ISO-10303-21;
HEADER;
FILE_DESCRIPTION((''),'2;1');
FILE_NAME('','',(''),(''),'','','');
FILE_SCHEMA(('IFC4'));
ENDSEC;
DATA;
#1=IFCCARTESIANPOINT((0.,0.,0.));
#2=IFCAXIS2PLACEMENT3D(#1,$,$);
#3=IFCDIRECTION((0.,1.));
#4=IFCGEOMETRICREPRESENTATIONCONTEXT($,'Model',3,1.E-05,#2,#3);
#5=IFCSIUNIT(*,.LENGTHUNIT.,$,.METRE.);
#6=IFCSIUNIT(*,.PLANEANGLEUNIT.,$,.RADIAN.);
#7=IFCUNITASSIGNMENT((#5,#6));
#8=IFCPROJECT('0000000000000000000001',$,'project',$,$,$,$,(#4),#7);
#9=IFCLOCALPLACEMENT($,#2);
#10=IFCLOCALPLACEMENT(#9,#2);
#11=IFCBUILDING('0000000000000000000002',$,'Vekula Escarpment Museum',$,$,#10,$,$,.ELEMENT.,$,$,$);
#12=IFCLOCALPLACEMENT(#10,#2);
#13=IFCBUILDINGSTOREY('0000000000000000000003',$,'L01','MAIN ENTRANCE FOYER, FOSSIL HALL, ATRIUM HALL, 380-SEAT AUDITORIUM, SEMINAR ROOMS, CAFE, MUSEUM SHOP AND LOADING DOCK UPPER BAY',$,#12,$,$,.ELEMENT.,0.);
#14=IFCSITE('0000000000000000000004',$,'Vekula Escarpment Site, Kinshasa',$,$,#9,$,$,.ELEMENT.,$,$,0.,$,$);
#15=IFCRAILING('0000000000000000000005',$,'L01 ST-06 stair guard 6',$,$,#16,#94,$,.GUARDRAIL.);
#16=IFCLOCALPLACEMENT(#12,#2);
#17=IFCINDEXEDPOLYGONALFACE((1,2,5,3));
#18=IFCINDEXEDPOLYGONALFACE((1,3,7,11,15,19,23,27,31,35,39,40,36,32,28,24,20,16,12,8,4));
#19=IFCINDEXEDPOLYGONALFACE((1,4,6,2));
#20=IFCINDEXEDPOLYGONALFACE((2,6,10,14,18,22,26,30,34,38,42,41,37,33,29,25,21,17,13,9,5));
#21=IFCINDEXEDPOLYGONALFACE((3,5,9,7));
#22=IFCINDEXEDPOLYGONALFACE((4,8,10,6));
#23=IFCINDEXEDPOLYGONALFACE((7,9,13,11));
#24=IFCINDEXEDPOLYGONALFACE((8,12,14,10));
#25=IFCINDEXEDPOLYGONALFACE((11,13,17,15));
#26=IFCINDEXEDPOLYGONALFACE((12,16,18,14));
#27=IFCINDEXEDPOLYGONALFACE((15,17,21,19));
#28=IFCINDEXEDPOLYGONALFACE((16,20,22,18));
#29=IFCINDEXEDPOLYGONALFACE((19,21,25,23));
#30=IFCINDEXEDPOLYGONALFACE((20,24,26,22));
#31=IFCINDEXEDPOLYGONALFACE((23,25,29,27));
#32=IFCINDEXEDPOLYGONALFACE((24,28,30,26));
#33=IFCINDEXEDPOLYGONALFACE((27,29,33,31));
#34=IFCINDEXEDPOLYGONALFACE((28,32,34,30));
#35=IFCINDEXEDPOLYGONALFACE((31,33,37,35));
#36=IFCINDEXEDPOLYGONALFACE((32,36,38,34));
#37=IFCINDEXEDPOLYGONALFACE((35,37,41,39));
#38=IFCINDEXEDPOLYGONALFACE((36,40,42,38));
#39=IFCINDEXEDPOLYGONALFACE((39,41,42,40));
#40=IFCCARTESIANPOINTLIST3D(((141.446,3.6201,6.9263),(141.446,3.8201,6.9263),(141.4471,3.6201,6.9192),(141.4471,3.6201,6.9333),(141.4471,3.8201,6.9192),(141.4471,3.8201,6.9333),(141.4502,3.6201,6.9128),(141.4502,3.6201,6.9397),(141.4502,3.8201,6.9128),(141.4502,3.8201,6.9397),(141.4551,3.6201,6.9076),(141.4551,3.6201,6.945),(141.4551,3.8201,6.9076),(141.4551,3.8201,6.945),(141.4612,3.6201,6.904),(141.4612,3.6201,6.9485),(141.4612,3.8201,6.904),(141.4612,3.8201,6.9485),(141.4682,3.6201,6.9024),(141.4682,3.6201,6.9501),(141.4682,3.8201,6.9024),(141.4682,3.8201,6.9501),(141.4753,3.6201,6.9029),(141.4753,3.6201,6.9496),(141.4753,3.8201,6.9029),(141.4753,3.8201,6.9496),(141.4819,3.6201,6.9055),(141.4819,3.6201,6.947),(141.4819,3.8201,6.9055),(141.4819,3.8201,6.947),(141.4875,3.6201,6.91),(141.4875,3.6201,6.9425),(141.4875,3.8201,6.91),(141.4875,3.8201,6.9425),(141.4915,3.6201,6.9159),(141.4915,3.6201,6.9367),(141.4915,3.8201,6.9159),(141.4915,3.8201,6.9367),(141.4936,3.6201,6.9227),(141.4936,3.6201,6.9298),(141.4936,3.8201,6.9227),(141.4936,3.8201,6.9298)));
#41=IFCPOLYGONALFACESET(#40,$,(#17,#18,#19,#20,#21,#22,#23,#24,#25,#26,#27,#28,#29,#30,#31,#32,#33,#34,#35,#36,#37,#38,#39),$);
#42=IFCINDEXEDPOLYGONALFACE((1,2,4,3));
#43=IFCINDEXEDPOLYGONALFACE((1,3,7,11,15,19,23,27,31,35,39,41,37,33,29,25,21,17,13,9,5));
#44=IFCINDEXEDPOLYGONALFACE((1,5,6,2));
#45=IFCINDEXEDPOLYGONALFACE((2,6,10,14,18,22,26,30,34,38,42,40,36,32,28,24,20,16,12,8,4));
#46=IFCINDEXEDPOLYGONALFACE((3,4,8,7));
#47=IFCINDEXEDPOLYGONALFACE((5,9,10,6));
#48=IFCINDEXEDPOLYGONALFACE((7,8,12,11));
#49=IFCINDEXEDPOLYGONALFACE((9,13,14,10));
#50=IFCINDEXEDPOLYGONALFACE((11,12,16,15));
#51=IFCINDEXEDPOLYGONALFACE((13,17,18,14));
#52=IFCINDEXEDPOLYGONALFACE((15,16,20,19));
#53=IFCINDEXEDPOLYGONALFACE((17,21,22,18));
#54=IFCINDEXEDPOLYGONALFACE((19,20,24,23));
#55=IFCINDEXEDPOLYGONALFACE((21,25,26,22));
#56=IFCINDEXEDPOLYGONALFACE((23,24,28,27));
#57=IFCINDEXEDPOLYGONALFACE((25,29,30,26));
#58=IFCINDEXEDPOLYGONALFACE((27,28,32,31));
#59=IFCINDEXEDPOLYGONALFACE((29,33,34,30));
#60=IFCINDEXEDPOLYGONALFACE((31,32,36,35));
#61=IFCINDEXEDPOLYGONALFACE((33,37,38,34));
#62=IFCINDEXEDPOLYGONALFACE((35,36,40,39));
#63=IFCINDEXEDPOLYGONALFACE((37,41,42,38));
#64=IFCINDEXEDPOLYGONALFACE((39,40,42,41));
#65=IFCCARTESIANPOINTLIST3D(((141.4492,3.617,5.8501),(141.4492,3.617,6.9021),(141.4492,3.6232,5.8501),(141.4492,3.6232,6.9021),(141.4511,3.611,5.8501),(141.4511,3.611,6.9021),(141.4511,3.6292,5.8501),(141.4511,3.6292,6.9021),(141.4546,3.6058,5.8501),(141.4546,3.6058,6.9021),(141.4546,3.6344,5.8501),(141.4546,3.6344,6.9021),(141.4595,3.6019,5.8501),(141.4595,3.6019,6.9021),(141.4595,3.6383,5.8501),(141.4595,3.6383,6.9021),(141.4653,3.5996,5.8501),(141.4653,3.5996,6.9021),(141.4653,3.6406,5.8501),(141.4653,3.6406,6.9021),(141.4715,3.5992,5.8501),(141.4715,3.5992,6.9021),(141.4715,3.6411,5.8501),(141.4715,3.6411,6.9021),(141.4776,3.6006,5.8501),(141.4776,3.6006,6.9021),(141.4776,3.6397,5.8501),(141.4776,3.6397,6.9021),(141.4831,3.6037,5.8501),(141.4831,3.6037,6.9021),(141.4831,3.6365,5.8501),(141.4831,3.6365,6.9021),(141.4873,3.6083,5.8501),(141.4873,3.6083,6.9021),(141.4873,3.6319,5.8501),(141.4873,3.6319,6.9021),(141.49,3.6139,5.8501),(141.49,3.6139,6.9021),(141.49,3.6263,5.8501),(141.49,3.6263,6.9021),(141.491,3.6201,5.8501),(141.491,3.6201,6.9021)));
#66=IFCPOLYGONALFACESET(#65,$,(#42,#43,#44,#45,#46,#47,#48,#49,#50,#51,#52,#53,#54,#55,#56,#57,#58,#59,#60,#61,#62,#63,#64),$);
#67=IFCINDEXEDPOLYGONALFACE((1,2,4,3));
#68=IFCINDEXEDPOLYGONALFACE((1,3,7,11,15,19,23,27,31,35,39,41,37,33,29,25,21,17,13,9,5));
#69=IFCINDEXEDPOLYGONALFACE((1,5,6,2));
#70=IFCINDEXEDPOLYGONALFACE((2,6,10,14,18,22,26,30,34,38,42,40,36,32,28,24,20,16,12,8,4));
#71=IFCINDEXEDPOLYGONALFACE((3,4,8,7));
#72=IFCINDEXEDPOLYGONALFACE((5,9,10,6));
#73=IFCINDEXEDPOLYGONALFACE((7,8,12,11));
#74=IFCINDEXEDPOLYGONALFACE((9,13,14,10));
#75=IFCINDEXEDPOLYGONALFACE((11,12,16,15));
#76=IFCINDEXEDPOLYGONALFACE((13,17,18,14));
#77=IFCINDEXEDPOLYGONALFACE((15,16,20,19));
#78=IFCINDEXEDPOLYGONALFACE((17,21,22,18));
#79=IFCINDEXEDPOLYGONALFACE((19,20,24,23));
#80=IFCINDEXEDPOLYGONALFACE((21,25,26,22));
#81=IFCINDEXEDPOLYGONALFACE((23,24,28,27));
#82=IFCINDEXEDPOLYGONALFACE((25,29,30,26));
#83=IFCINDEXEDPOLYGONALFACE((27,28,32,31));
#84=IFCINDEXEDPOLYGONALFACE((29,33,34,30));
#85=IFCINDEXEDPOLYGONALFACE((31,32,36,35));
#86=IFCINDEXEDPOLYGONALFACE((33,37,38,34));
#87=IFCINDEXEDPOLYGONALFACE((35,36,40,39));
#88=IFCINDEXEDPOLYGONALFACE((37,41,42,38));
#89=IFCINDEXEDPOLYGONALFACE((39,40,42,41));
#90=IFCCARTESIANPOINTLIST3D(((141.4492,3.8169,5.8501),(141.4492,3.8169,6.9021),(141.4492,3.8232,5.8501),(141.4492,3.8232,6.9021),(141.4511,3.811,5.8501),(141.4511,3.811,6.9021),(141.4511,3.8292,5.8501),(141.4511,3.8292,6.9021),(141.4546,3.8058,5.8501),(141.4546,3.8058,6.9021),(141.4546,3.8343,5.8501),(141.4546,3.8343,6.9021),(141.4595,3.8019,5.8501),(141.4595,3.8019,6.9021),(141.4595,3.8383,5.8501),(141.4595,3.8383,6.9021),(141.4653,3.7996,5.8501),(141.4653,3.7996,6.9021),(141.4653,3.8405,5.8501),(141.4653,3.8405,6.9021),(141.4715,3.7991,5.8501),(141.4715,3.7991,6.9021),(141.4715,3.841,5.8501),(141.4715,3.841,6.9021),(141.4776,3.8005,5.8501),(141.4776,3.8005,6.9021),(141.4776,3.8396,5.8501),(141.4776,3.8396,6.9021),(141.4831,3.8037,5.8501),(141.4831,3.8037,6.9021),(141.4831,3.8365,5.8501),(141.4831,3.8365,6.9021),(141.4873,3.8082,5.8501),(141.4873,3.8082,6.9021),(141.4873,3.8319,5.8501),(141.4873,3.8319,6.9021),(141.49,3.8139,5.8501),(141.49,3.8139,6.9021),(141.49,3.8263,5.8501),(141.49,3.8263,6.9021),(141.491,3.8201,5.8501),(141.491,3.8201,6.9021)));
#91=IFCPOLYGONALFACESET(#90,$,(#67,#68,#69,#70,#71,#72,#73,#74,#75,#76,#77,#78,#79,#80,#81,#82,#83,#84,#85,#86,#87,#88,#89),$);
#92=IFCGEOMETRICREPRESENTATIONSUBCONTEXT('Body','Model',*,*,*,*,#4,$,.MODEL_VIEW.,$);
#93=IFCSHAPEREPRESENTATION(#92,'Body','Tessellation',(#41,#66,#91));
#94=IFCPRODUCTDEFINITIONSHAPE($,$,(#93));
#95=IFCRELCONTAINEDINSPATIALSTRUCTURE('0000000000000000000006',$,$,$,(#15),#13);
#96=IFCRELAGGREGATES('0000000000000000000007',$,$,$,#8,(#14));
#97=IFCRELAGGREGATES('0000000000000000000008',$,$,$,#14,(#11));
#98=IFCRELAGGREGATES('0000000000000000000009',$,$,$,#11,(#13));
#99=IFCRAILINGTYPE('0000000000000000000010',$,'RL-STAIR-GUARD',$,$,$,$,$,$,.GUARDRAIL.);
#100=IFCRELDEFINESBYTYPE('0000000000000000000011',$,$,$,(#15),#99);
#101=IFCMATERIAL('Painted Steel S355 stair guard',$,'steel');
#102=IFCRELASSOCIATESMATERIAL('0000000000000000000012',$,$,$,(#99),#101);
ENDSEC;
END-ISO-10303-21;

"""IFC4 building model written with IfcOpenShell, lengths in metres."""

from ifc_helpers import new_model, si_unit, direction, frame, origin, origin_2d, place, context, subcontext, project, spatial, circle, extrude, material, type_object, element, save


model = new_model("IFC4")

# Units and contexts
model_context = context("Model", 3, precision=1e-05, world=origin(), true_north=direction((0.0, 1.0)))
body_context = subcontext(model_context, "Body", "Model", "MODEL_VIEW")
ifc_project = project(units=[si_unit("LENGTHUNIT", "METRE"), si_unit("PLANEANGLEUNIT", "RADIAN")], contexts=[model_context])

# Site, building, storey
site_placement = place(None, origin())
site = spatial("IfcSite", under=ifc_project, at=site_placement, Name="Vekula Escarpment Site, Kinshasa", CompositionType="ELEMENT", RefElevation=0.0)
building_placement = place(site_placement, origin())
building = spatial("IfcBuilding", under=site, at=building_placement, Name="Vekula Escarpment Museum", CompositionType="ELEMENT")
storey_placement = place(building_placement, origin())
storey = spatial("IfcBuildingStorey", under=building, at=storey_placement, Name="L01", Description="MAIN ENTRANCE FOYER, FOSSIL HALL, ATRIUM HALL, 380-SEAT AUDITORIUM, SEMINAR ROOMS, CAFE, MUSEUM SHOP AND LOADING DOCK UPPER BAY", CompositionType="ELEMENT", Elevation=0.0)

# Railing
ifc_material_1 = material(Name="Painted Steel S355 stair guard", Category="steel")
railing_type_1 = type_object("IfcRailingType", Name="RL-STAIR-GUARD", PredefinedType="GUARDRAIL", material=ifc_material_1)
railing_1_placement = place(storey_placement, frame((141.47, 3.6201, 5.8501)))
element("IfcRailing", 1, at=railing_1_placement, inside=storey, type_object=railing_type_1, Name="L01 ST-06 stair guard 6", PredefinedType="GUARDRAIL", context=body_context, shape_type="SweptSolid", body=[
    extrude(circle(Radius=0.0239, at=origin_2d()), frame((0.0, 0.0, 1.0762), z_axis=(0.0, 1.0, 0.0), x_axis=(-1.0, 0.0, 0.0)), (0.0, 0.0, 1.0), 0.2),
    extrude(circle(Radius=0.021, at=origin_2d()), origin(), (0.0, 0.0, 1.0), 1.052),
    extrude(circle(Radius=0.021, at=origin_2d()), frame((0.0, 0.2, 0.0)), (0.0, 0.0, 1.0), 1.052),
])

save(model, "model.ifc")
